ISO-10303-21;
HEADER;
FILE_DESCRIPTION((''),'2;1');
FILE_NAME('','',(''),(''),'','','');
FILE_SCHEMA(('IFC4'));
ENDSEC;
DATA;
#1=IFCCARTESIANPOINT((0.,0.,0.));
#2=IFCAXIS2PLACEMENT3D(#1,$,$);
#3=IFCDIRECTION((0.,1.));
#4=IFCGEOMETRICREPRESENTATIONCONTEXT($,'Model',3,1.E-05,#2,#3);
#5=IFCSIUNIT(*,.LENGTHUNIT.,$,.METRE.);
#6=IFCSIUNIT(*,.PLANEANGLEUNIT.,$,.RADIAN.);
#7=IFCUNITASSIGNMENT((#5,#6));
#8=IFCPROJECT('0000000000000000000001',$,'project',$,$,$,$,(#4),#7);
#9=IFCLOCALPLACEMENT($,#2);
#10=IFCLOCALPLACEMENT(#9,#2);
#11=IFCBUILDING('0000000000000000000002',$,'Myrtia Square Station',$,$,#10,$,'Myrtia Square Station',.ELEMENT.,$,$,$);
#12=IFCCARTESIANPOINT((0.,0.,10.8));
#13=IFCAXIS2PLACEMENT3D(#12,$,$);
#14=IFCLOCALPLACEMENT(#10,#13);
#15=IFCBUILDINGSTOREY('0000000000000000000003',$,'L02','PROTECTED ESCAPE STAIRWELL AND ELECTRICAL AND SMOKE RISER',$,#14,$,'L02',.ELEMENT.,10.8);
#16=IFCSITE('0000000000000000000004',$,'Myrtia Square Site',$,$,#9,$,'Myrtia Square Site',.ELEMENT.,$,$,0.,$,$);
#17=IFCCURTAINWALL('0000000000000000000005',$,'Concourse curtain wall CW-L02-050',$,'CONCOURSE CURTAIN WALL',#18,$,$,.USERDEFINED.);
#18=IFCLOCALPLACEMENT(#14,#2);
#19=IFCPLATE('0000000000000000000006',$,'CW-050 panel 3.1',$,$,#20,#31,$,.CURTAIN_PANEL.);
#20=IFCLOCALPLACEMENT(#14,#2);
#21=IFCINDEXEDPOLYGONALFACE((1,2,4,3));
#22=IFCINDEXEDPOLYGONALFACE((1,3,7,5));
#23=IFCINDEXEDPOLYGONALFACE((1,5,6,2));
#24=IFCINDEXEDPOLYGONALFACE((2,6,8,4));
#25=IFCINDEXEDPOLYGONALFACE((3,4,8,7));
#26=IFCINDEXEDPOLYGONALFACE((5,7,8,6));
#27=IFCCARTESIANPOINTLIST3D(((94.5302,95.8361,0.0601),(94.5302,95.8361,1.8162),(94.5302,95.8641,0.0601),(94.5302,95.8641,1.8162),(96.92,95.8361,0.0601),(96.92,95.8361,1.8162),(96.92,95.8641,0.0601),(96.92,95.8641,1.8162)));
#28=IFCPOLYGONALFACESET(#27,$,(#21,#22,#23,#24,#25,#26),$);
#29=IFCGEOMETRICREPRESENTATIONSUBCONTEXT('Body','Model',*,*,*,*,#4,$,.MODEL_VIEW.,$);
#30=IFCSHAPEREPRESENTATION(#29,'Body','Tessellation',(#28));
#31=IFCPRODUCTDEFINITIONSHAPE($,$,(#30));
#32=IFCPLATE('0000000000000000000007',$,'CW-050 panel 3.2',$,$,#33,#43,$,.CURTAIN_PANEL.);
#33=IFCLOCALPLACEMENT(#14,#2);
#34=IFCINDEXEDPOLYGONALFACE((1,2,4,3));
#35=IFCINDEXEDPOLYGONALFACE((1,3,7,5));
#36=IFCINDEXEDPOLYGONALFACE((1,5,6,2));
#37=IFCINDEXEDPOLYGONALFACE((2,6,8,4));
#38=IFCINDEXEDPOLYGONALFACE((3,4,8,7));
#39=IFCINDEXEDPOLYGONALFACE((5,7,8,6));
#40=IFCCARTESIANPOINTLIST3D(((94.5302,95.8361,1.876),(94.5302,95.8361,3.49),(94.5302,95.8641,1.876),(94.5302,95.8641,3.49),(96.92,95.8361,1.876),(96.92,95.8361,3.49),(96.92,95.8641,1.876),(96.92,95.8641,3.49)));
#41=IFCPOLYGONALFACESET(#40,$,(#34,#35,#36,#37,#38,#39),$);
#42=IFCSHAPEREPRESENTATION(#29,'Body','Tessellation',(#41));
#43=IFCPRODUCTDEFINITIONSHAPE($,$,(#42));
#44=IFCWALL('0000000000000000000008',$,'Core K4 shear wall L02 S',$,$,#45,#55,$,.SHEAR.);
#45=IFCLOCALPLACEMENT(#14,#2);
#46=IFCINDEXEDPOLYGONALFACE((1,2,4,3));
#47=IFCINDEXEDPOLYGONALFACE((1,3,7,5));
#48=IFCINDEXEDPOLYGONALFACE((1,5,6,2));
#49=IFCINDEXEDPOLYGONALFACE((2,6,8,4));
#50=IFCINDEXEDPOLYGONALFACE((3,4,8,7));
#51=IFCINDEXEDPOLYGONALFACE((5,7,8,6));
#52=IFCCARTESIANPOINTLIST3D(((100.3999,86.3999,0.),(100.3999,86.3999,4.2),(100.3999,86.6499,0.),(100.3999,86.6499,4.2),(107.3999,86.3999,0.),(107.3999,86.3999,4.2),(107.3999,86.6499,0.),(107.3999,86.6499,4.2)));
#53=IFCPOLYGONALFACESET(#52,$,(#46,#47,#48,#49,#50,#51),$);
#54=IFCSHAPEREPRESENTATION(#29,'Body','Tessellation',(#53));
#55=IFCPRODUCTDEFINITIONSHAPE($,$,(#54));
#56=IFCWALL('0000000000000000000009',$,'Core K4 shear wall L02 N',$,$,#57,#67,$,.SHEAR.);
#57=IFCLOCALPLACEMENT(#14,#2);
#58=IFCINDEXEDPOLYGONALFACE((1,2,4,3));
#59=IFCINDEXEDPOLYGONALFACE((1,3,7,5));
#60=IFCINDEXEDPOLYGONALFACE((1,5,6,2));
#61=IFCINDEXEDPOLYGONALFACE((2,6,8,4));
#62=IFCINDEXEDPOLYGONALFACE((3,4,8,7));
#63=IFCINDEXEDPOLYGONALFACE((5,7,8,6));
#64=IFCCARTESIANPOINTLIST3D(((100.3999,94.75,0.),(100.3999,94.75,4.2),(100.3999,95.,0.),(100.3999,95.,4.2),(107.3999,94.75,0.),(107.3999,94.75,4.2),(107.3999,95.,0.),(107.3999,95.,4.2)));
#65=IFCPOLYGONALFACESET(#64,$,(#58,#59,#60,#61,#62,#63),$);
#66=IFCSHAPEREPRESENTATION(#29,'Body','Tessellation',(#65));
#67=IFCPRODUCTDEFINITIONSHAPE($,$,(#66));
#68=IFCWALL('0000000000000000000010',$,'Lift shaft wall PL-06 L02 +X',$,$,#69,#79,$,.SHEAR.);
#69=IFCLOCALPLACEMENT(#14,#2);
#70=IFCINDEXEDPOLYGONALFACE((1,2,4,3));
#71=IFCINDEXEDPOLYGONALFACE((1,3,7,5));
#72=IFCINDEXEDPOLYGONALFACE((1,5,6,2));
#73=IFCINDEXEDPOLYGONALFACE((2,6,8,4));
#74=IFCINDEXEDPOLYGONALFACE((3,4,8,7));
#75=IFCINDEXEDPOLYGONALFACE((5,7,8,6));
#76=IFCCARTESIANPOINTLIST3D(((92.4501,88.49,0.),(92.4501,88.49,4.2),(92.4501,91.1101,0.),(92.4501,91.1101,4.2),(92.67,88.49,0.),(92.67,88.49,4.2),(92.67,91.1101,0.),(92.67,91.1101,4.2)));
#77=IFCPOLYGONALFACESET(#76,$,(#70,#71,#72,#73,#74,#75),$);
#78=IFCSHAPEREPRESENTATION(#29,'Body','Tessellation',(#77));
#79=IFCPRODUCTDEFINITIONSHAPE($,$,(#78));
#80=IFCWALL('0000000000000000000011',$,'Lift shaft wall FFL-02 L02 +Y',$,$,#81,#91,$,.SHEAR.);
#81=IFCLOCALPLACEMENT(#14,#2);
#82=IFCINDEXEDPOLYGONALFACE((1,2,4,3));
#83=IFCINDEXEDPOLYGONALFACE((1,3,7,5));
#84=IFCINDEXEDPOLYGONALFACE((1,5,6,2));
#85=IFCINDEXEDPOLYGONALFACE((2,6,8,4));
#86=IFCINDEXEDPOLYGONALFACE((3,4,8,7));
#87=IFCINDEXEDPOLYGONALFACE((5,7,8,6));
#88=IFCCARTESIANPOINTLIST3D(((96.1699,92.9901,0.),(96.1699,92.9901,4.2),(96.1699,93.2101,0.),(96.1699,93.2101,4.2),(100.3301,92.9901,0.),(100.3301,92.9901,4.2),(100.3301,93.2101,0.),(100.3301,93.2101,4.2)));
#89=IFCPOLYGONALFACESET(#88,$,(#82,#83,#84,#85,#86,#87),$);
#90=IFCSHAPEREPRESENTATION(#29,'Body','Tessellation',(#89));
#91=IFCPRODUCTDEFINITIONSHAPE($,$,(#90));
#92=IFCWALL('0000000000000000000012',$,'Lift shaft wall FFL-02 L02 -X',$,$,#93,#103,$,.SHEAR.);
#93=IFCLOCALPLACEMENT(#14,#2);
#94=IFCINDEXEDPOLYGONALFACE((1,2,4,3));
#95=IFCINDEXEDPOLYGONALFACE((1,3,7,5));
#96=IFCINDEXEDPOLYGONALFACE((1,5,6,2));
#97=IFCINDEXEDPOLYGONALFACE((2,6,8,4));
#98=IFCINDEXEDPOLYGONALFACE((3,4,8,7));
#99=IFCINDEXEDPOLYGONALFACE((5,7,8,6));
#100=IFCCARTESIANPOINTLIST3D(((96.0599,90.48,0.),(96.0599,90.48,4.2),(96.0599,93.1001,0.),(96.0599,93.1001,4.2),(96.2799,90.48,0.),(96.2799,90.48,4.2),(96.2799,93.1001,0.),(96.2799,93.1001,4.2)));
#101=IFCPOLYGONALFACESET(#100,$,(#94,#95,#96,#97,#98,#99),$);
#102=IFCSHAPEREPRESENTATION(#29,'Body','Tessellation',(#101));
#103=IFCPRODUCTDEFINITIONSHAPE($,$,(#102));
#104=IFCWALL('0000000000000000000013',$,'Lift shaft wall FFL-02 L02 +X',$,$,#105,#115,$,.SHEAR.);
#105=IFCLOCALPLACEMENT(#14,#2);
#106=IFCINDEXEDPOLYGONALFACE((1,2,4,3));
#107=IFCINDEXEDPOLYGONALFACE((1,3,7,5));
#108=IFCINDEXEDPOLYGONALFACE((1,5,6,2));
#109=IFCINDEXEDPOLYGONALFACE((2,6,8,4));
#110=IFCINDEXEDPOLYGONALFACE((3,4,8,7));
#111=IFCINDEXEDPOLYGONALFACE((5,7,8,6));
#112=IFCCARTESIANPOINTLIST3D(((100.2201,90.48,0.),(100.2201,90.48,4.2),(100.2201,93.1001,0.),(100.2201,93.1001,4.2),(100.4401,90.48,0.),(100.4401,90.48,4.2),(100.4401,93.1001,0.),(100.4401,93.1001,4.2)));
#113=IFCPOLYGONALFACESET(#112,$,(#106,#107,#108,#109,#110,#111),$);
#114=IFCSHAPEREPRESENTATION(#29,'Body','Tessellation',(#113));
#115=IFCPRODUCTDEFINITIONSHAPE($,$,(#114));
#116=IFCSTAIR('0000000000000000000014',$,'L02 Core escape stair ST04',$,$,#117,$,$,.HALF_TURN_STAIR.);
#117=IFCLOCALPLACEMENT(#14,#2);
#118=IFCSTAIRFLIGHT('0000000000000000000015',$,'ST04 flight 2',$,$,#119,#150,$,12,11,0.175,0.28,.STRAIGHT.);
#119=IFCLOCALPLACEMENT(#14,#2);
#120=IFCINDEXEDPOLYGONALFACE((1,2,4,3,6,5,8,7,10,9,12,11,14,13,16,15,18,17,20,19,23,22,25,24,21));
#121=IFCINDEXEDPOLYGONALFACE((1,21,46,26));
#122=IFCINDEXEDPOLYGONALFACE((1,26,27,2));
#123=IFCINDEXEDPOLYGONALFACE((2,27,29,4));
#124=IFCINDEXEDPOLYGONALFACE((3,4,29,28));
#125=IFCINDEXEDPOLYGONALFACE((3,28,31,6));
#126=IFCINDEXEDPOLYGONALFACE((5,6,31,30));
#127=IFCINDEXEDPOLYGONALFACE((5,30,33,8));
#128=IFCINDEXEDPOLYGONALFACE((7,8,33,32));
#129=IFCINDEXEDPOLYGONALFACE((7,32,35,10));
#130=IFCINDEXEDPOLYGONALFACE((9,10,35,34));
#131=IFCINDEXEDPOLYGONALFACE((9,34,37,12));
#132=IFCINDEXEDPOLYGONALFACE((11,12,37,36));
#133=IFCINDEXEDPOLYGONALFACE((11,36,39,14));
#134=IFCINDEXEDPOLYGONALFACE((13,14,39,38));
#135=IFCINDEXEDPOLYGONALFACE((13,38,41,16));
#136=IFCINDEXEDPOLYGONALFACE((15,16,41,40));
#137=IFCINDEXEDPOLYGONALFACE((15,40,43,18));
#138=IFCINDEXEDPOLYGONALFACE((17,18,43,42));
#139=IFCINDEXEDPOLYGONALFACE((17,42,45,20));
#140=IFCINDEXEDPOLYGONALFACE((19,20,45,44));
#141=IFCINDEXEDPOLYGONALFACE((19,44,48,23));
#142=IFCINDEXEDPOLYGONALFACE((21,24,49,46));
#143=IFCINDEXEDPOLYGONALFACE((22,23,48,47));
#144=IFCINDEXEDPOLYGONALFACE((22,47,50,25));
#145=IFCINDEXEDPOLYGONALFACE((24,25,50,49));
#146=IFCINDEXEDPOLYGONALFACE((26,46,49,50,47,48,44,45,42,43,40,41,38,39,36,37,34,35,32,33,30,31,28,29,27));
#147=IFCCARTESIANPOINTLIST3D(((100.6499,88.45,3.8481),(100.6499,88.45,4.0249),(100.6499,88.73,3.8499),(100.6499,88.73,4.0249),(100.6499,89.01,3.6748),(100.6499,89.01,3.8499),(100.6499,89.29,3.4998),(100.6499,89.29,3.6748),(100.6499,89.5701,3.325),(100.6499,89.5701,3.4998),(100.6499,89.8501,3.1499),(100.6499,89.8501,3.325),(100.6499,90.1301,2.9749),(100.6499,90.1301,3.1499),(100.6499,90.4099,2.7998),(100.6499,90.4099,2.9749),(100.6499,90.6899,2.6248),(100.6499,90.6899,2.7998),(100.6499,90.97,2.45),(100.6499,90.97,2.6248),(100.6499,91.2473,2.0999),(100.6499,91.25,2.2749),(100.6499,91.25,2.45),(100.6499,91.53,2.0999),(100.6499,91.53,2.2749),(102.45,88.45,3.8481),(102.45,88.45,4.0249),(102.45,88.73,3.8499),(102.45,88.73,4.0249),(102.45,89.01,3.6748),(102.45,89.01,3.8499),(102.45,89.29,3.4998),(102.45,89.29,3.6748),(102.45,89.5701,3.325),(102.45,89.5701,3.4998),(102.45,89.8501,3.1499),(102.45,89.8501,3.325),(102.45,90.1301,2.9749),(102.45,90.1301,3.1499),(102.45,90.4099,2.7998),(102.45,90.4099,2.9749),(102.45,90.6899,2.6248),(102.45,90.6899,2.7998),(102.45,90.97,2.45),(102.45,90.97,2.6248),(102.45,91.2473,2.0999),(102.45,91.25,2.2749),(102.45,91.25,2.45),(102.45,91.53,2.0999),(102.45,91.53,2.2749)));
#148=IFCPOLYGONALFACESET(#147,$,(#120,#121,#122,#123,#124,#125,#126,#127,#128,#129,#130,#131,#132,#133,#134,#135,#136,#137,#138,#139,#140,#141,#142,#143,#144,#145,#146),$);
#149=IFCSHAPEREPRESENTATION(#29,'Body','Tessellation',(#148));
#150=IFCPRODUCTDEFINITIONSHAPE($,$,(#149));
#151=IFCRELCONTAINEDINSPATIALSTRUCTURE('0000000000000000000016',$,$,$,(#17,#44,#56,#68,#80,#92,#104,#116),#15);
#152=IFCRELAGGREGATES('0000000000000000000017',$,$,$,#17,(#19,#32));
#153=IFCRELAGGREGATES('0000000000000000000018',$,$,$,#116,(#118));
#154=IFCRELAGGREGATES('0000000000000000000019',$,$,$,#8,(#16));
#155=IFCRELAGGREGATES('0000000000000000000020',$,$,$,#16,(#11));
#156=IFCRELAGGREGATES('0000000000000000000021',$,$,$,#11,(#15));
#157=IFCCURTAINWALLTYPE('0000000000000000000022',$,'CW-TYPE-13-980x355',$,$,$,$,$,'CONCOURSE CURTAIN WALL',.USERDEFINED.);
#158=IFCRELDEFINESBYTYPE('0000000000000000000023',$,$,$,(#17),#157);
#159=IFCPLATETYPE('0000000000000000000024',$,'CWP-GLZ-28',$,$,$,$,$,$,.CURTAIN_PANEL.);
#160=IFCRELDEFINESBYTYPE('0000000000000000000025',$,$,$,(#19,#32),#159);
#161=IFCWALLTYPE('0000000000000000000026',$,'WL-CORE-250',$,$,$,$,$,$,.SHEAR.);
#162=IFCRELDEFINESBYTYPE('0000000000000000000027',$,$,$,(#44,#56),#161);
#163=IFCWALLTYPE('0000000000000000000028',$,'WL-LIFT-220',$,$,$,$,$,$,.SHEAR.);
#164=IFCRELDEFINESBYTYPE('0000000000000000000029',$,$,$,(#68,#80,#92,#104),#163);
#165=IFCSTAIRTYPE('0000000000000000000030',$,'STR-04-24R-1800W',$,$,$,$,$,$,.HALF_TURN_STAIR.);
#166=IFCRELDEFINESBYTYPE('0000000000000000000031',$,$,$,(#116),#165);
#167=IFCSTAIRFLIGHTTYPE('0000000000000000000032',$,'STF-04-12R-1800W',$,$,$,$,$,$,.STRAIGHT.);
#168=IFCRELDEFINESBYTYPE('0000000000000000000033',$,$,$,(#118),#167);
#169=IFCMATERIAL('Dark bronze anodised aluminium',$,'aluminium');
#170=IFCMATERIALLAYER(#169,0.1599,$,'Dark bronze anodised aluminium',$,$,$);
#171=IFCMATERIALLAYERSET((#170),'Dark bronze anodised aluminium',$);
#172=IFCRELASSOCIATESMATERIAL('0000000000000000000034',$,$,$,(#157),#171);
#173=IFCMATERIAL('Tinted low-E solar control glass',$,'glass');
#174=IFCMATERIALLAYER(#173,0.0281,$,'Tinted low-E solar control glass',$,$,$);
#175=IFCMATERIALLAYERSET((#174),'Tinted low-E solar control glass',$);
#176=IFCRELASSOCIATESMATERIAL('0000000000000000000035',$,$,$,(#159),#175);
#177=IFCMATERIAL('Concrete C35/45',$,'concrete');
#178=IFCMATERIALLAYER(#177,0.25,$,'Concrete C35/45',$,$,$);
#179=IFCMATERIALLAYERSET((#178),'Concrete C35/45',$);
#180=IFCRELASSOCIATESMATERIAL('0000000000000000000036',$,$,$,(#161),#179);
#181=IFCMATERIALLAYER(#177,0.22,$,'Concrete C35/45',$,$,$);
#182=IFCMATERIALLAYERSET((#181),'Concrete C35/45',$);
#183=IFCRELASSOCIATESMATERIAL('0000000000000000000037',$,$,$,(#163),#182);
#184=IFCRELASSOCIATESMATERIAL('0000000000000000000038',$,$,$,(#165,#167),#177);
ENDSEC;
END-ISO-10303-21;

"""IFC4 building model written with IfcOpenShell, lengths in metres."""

from ifc_helpers import new_model, si_unit, direction, frame, frame_2d, origin, origin_2d, place, context, subcontext, project, spatial, polyline, rectangle, outline, extrude, material, layer, layer_set, type_object, element, aggregate, save


model = new_model("IFC4")

# Units and contexts
model_context = context("Model", 3, precision=1e-05, world=origin(), true_north=direction((0.0, 1.0)))
body_context = subcontext(model_context, "Body", "Model", "MODEL_VIEW")
ifc_project = project(units=[si_unit("LENGTHUNIT", "METRE"), si_unit("PLANEANGLEUNIT", "RADIAN")], contexts=[model_context])

# Site, building, storey
site_placement = place(None, origin())
site = spatial("IfcSite", under=ifc_project, at=site_placement, Name="Myrtia Square Site", LongName="Myrtia Square Site", CompositionType="ELEMENT", RefElevation=0.0)
building_placement = place(site_placement, origin())
building = spatial("IfcBuilding", under=site, at=building_placement, Name="Myrtia Square Station", LongName="Myrtia Square Station", CompositionType="ELEMENT")
storey_placement = place(building_placement, frame((0.0, 0.0, 10.8)))
storey = spatial("IfcBuildingStorey", under=building, at=storey_placement, Name="L02", Description="PROTECTED ESCAPE STAIRWELL AND ELECTRICAL AND SMOKE RISER", LongName="L02", CompositionType="ELEMENT", Elevation=10.8)

# Curtain wall, plates
ifc_material_1 = material(Name="Dark bronze anodised aluminium", Category="aluminium")
ifc_layer_1 = layer(ifc_material_1, 0.1599, Name="Dark bronze anodised aluminium")
ifc_layer_set_1 = layer_set([ifc_layer_1], Name="Dark bronze anodised aluminium")
curtain_wall_type = type_object("IfcCurtainWallType", Name="CW-TYPE-13-980x355", ElementType="CONCOURSE CURTAIN WALL", PredefinedType="USERDEFINED", material=ifc_layer_set_1)
curtain_wall_placement = place(storey_placement, origin())
curtain_wall = element("IfcCurtainWall", 1, at=curtain_wall_placement, inside=storey, type_object=curtain_wall_type, Name="Concourse curtain wall CW-L02-050", ObjectType="CONCOURSE CURTAIN WALL", PredefinedType="USERDEFINED")
ifc_material_2 = material(Name="Tinted low-E solar control glass", Category="glass")
ifc_layer_2 = layer(ifc_material_2, 0.0281, Name="Tinted low-E solar control glass")
ifc_layer_set_2 = layer_set([ifc_layer_2], Name="Tinted low-E solar control glass")
plate_type = type_object("IfcPlateType", Name="CWP-GLZ-28", PredefinedType="CURTAIN_PANEL", material=ifc_layer_set_2)
plate_1_placement = place(storey_placement, frame((95.7251, 95.8501, 0.0601), z_axis=(0.0, 0.0, 1.0), x_axis=(1.0, 0.0, 0.0)))
plate_1 = element("IfcPlate", 2, at=plate_1_placement, type_object=plate_type, Name="CW-050 panel 3.1", PredefinedType="CURTAIN_PANEL", context=body_context, shape_type="SweptSolid", body=[
    extrude(rectangle(XDim=2.3899, YDim=0.0281, at=origin_2d()), origin(), (0.0, 0.0, 1.0), 1.7561),
])
plate_2_placement = place(storey_placement, frame((95.7251, 95.8501, 1.876), z_axis=(0.0, 0.0, 1.0), x_axis=(1.0, 0.0, 0.0)))
plate_2 = element("IfcPlate", 3, at=plate_2_placement, type_object=plate_type, Name="CW-050 panel 3.2", PredefinedType="CURTAIN_PANEL", context=body_context, shape_type="SweptSolid", body=[
    extrude(rectangle(XDim=2.3899, YDim=0.0281, at=origin_2d()), origin(), (0.0, 0.0, 1.0), 1.614),
])
aggregate(curtain_wall, [plate_1, plate_2])

# Walls
ifc_material_3 = material(Name="Concrete C35/45", Category="concrete")
ifc_layer_3 = layer(ifc_material_3, 0.25, Name="Concrete C35/45")
ifc_layer_set_3 = layer_set([ifc_layer_3], Name="Concrete C35/45")
wall_type_1 = type_object("IfcWallType", Name="WL-CORE-250", PredefinedType="SHEAR", material=ifc_layer_set_3)
for number, where, z_axis, x_axis, name in (
    (4, (100.3999, 86.5249, 0.0), (0.0, 0.0, 1.0), (1.0, 0.0, 0.0), "Core K4 shear wall L02 S"),
    (5, (100.3999, 94.875, 0.0), (0.0, 0.0, 1.0), (1.0, 0.0, 0.0), "Core K4 shear wall L02 N"),
):
    element("IfcWall", number, at=place(storey_placement, frame(where, z_axis=z_axis, x_axis=x_axis)), inside=storey, type_object=wall_type_1, Name=name, PredefinedType="SHEAR", context=body_context, shape_type="SweptSolid", body=[
        extrude(rectangle(XDim=7.0, YDim=0.25, at=frame_2d((3.5, 0.0))), origin(), (0.0, 0.0, 1.0), 4.2),
    ])
ifc_layer_4 = layer(ifc_material_3, 0.22, Name="Concrete C35/45")
ifc_layer_set_4 = layer_set([ifc_layer_4], Name="Concrete C35/45")
wall_type_2 = type_object("IfcWallType", Name="WL-LIFT-220", PredefinedType="SHEAR", material=ifc_layer_set_4)
wall_1_placement = place(storey_placement, frame((92.5601, 88.49, 0.0), z_axis=(0.0, 0.0, 1.0), x_axis=(0.0, 1.0, 0.0)))
element("IfcWall", 6, at=wall_1_placement, inside=storey, type_object=wall_type_2, Name="Lift shaft wall PL-06 L02 +X", PredefinedType="SHEAR", context=body_context, shape_type="SweptSolid", body=[
    extrude(rectangle(XDim=2.6201, YDim=0.22, at=frame_2d((1.3101, 0.0))), origin(), (0.0, 0.0, 1.0), 4.2),
])

# Walls
wall_2_placement = place(storey_placement, frame((96.1699, 93.1001, 0.0), z_axis=(0.0, 0.0, 1.0), x_axis=(1.0, 0.0, 0.0)))
element("IfcWall", 7, at=wall_2_placement, inside=storey, type_object=wall_type_2, Name="Lift shaft wall FFL-02 L02 +Y", PredefinedType="SHEAR", context=body_context, shape_type="SweptSolid", body=[
    extrude(rectangle(XDim=4.1602, YDim=0.22, at=frame_2d((2.0801, 0.0))), origin(), (0.0, 0.0, 1.0), 4.2),
])
for number, where, z_axis, x_axis, name in (
    (8, (96.1699, 90.48, 0.0), (0.0, 0.0, 1.0), (0.0, 1.0, 0.0), "Lift shaft wall FFL-02 L02 -X"),
    (9, (100.3301, 90.48, 0.0), (0.0, 0.0, 1.0), (0.0, 1.0, 0.0), "Lift shaft wall FFL-02 L02 +X"),
):
    element("IfcWall", number, at=place(storey_placement, frame(where, z_axis=z_axis, x_axis=x_axis)), inside=storey, type_object=wall_type_2, Name=name, PredefinedType="SHEAR", context=body_context, shape_type="SweptSolid", body=[
        extrude(rectangle(XDim=2.6201, YDim=0.22, at=frame_2d((1.3101, 0.0))), origin(), (0.0, 0.0, 1.0), 4.2),
    ])

# Stair, stair flight
stair_type = type_object("IfcStairType", Name="STR-04-24R-1800W", PredefinedType="HALF_TURN_STAIR", material=ifc_material_3)
stair_placement = place(storey_placement, origin())
stair = element("IfcStair", 10, at=stair_placement, inside=storey, type_object=stair_type, Name="L02 Core escape stair ST04", PredefinedType="HALF_TURN_STAIR")
stair_flight_type = type_object("IfcStairFlightType", Name="STF-04-12R-1800W", PredefinedType="STRAIGHT", material=ifc_material_3)
stair_flight_placement = place(storey_placement, frame((101.55, 91.53, 2.0999), z_axis=(0.0, 0.0, 1.0), x_axis=(0.0, -1.0, 0.0)))
stair_flight = element("IfcStairFlight", 11, at=stair_flight_placement, type_object=stair_flight_type, Name="ST04 flight 2", NumberOfRisers=12, NumberOfTreads=11, PredefinedType="STRAIGHT", RiserHeight=0.175, TreadLength=0.28, context=body_context, shape_type="SweptSolid", body=[
    extrude(outline(polyline([(0.0, 0.0), (0.0, 0.175), (0.28, 0.175), (0.28, 0.3501), (0.5601, 0.3501), (0.5601, 0.5249), (0.8401, 0.5249), (0.8401, 0.7), (1.1201, 0.7), (1.1201, 0.875), (1.3999, 0.875), (1.3999, 1.05), (1.6799, 1.05), (1.6799, 1.2251), (1.96, 1.2251), (1.96, 1.3999), (2.24, 1.3999), (2.24, 1.575), (2.52, 1.575), (2.52, 1.75), (2.8, 1.75), (2.8, 1.925), (3.0801, 1.925), (3.0801, 2.1001), (3.0801, 1.7483), (0.2827, 0.0), (0.0, 0.0)])), frame((0.0, 0.8999, 0.0), z_axis=(0.0, -1.0, 0.0), x_axis=(1.0, 0.0, 0.0)), (0.0, 0.0, 1.0), 1.8),
])
aggregate(stair, [stair_flight])

save(model, "model.ifc")
